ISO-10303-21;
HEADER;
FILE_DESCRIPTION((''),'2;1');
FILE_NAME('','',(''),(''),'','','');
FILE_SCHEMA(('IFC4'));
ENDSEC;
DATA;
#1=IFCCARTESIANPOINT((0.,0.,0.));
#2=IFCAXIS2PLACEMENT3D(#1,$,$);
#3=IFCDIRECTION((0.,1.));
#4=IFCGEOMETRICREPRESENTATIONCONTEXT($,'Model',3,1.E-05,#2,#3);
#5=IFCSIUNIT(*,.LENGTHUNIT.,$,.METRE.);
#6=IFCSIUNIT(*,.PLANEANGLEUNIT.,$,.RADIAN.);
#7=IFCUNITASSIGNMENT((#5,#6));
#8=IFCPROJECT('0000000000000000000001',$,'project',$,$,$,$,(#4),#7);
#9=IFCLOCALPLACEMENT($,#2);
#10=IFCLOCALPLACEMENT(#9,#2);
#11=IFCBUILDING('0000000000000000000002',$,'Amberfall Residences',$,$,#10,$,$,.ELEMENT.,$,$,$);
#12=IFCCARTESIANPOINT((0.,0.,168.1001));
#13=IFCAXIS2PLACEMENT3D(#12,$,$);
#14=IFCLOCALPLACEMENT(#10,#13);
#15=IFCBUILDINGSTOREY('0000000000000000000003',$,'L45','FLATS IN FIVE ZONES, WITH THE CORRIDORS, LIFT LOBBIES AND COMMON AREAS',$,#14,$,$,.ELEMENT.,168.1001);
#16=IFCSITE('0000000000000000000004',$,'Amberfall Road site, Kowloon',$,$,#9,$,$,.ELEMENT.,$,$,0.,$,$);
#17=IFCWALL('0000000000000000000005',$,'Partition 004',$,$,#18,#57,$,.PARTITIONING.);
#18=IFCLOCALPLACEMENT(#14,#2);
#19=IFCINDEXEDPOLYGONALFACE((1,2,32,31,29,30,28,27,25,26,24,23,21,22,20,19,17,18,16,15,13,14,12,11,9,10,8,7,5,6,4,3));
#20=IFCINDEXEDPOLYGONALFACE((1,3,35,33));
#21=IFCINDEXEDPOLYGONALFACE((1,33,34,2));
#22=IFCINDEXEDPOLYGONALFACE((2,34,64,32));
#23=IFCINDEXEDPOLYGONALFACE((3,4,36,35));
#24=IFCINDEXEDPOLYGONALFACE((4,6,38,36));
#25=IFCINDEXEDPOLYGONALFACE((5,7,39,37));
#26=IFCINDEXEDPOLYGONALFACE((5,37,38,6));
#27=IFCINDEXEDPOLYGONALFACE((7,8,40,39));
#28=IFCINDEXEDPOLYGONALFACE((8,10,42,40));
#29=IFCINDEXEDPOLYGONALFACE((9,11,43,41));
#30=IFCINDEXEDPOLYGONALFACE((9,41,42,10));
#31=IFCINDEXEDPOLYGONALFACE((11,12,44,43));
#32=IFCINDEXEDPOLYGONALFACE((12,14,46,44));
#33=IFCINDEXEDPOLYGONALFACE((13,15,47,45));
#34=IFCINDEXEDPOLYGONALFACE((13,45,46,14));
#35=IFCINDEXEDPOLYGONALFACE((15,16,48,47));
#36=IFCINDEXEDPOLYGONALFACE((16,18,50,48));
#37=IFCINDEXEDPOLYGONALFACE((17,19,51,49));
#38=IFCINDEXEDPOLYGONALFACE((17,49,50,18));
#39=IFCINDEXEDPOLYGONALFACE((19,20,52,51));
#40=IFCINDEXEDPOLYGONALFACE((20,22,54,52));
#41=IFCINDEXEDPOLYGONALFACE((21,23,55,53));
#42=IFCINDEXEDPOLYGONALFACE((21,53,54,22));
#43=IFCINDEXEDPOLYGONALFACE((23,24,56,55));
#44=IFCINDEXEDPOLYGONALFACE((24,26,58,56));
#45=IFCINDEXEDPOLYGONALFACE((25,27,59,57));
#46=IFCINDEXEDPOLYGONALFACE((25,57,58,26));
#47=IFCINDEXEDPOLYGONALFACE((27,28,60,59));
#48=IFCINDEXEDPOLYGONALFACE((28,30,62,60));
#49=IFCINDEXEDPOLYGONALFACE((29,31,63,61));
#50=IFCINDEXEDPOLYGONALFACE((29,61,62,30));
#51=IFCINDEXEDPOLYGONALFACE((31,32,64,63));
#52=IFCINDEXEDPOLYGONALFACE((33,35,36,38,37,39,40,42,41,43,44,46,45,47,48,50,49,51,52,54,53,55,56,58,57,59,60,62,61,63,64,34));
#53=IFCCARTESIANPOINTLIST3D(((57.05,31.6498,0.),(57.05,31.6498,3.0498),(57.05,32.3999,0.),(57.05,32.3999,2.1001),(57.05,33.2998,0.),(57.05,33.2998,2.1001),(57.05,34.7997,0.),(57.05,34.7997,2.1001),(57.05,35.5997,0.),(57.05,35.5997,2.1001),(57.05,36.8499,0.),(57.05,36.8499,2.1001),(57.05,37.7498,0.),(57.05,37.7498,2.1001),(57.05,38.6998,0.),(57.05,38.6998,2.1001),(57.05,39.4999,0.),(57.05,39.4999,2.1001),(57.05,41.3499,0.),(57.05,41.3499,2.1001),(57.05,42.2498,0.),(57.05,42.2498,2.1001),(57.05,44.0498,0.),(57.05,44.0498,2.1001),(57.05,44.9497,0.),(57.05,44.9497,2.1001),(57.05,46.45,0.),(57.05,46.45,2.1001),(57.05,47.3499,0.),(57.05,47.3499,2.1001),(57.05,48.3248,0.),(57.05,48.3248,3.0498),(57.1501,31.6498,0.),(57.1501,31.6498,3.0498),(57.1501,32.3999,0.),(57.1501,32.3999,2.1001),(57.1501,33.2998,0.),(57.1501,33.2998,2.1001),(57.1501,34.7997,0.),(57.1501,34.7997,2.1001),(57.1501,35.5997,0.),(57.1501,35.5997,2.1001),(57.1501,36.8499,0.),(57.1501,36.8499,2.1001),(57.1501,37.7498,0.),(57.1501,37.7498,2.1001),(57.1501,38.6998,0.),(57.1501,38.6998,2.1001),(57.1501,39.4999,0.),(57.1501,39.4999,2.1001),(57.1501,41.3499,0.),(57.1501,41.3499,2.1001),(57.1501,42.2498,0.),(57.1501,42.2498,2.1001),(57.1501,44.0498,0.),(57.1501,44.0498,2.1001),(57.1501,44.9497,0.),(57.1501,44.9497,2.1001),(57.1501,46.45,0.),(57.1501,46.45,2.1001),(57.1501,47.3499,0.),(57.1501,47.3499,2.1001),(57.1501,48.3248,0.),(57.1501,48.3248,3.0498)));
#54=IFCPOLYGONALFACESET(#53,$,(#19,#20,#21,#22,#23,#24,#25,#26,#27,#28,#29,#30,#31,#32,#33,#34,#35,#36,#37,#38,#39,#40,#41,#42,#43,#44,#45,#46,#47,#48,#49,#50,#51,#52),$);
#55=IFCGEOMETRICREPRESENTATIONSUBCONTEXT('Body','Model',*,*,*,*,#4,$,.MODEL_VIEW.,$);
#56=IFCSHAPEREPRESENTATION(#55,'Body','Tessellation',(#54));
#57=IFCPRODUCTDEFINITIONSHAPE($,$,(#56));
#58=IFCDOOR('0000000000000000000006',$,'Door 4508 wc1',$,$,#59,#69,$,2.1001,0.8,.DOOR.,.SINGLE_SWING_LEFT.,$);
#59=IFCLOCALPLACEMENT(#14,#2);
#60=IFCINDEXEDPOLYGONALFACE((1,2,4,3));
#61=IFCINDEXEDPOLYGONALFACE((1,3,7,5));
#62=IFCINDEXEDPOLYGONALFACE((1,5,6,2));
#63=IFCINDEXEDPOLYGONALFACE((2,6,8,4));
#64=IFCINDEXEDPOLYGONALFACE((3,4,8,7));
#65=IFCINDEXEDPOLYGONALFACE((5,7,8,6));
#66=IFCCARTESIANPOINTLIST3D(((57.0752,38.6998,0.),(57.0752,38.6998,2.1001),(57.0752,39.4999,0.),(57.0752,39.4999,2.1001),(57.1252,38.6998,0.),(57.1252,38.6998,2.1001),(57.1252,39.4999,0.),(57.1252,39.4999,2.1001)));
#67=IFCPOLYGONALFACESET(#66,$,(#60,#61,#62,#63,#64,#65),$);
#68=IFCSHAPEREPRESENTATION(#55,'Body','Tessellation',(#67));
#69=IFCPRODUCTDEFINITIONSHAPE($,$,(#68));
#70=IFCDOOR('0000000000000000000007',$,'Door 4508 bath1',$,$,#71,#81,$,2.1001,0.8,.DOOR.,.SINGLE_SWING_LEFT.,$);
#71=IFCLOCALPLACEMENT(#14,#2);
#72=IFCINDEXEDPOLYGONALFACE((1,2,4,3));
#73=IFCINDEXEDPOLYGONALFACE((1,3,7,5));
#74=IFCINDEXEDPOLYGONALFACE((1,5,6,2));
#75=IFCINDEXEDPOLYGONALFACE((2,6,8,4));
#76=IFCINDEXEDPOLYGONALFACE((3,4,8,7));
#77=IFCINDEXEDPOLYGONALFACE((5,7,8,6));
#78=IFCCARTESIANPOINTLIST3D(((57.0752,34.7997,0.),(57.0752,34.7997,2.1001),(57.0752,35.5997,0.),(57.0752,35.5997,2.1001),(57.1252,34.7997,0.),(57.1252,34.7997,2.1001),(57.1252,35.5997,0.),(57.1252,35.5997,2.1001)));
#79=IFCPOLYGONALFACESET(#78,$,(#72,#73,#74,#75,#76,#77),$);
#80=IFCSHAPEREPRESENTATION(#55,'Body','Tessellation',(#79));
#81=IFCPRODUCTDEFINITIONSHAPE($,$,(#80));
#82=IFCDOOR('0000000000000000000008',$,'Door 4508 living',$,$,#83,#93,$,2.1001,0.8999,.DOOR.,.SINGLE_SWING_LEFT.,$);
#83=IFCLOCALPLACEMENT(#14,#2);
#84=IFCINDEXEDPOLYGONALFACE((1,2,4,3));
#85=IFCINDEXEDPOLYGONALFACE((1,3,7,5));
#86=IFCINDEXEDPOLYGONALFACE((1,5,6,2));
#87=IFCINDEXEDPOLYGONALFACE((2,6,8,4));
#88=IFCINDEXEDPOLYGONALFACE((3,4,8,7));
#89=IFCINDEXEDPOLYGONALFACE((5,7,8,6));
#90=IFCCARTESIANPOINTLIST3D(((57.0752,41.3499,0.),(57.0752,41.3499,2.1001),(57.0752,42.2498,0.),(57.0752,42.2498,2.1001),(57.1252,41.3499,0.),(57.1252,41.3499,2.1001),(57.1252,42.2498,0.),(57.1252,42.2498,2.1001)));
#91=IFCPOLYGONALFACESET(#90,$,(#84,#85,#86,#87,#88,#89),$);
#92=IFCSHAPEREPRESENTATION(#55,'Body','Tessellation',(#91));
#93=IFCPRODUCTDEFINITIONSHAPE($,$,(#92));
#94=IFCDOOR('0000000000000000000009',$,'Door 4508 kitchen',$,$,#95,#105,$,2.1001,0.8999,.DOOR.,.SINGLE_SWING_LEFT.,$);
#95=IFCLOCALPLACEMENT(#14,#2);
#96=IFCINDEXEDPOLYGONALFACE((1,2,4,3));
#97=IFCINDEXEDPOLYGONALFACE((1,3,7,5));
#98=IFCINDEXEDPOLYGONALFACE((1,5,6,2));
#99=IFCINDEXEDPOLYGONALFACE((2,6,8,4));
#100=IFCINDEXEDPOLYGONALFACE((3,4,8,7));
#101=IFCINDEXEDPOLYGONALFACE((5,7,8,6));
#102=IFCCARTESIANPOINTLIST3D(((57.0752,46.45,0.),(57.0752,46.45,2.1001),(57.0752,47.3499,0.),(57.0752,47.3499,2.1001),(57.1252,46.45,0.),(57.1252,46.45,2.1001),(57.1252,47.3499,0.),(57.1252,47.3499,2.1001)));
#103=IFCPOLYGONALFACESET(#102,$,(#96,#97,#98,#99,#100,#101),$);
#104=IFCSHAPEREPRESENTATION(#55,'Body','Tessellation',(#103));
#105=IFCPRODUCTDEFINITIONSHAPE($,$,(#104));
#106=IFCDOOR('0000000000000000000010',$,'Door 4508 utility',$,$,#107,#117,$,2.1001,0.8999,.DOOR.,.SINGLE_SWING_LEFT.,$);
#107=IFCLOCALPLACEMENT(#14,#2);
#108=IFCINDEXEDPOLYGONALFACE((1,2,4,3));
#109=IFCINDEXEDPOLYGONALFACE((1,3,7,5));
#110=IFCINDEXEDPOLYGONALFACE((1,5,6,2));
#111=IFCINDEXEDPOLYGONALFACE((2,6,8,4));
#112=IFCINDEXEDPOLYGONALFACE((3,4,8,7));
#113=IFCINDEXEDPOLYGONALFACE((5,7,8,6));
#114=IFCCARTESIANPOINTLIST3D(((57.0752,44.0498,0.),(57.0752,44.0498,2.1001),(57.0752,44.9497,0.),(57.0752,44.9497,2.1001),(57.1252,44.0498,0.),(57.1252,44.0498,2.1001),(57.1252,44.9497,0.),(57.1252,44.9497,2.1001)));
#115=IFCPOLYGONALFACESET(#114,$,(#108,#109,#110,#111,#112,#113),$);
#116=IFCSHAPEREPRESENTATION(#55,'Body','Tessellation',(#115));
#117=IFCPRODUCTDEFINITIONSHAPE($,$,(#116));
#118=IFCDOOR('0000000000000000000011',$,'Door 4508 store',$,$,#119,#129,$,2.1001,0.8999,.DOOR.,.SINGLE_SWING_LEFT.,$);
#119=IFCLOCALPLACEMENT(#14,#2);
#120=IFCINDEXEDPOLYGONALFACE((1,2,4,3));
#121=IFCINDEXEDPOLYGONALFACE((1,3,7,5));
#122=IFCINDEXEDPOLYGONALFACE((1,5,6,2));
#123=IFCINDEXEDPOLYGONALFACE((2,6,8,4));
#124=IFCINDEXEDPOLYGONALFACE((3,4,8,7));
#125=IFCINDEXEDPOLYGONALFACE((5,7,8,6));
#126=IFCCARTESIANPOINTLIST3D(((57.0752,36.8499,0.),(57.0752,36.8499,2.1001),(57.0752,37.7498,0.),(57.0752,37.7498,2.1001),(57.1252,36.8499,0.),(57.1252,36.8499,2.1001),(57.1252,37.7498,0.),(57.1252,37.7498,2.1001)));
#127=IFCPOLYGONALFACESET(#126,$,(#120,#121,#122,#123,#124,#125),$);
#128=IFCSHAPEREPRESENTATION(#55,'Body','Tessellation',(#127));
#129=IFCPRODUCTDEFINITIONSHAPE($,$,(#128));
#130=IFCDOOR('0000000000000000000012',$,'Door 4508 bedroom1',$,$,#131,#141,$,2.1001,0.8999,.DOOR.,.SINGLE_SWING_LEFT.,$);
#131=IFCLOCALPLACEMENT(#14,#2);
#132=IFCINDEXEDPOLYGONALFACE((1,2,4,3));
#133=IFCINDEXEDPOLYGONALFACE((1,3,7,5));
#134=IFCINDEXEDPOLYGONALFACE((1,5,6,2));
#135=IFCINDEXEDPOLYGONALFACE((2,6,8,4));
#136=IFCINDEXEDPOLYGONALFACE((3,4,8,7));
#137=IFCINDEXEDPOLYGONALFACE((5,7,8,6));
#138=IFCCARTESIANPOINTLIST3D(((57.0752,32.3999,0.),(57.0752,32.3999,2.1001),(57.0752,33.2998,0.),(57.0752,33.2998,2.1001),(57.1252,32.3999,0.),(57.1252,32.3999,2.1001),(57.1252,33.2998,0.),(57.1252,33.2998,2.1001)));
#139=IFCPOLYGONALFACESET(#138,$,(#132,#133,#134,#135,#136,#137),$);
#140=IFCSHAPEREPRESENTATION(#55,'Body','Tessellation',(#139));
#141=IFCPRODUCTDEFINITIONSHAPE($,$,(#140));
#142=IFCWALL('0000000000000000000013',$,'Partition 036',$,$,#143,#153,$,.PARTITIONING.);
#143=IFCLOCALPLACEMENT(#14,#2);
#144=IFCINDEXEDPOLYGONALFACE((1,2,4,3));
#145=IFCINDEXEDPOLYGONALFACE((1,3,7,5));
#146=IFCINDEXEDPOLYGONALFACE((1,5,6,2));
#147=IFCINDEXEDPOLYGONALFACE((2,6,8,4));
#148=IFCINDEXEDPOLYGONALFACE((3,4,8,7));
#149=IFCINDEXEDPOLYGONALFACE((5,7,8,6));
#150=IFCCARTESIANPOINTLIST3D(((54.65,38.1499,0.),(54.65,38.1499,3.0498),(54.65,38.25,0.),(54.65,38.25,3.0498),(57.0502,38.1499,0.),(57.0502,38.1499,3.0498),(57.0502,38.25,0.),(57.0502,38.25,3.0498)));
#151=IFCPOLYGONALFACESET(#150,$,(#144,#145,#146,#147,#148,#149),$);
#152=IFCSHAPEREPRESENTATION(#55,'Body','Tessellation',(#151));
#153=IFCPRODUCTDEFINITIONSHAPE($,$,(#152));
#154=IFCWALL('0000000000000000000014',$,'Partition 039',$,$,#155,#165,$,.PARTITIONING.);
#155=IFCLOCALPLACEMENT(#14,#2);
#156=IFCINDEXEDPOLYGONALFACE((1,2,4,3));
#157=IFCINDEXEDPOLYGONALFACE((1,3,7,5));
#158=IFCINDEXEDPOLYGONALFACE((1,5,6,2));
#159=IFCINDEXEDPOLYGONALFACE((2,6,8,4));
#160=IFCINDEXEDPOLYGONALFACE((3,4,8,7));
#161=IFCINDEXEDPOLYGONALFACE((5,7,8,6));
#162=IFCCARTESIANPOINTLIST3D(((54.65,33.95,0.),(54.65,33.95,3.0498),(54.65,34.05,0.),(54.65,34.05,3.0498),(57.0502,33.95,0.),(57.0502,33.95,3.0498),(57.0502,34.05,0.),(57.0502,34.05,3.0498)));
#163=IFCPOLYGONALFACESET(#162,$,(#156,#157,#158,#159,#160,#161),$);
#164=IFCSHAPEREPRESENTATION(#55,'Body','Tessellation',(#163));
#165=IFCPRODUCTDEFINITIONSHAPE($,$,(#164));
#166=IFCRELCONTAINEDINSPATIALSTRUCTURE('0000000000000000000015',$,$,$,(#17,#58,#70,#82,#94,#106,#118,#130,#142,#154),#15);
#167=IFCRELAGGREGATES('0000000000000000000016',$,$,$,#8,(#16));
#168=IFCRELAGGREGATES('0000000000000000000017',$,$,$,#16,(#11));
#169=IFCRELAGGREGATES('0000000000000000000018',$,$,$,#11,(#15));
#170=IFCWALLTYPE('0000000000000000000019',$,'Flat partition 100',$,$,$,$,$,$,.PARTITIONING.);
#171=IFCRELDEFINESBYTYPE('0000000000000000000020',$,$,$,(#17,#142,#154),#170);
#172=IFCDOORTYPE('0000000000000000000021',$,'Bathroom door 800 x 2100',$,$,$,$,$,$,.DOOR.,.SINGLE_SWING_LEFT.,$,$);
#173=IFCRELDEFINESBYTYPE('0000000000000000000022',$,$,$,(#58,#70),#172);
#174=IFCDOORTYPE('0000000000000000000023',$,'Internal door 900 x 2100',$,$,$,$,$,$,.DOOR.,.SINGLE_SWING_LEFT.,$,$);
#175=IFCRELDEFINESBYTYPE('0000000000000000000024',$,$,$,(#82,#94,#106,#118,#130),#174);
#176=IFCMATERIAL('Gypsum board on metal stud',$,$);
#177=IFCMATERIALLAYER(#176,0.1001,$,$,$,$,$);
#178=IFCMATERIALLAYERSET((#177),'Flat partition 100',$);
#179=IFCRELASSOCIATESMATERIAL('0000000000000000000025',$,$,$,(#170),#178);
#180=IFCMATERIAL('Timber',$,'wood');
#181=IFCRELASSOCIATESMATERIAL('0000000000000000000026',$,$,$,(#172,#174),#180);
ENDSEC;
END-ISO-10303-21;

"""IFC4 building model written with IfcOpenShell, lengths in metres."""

from ifc_helpers import new_model, si_unit, direction, frame, frame_2d, origin, place, context, subcontext, project, spatial, rectangle, extrude, material, layer, layer_set, type_object, element, fill, save


model = new_model("IFC4")

# Units and contexts
model_context = context("Model", 3, precision=1e-05, world=origin(), true_north=direction((0.0, 1.0)))
body_context = subcontext(model_context, "Body", "Model", "MODEL_VIEW")
ifc_project = project(units=[si_unit("LENGTHUNIT", "METRE"), si_unit("PLANEANGLEUNIT", "RADIAN")], contexts=[model_context])

# Site, building, storey
site_placement = place(None, origin())
site = spatial("IfcSite", under=ifc_project, at=site_placement, Name="Amberfall Road site, Kowloon", CompositionType="ELEMENT", RefElevation=0.0)
building_placement = place(site_placement, origin())
building = spatial("IfcBuilding", under=site, at=building_placement, Name="Amberfall Residences", CompositionType="ELEMENT")
storey_placement = place(building_placement, frame((0.0, 0.0, 168.1001)))
storey = spatial("IfcBuildingStorey", under=building, at=storey_placement, Name="L45", Description="FLATS IN FIVE ZONES, WITH THE CORRIDORS, LIFT LOBBIES AND COMMON AREAS", CompositionType="ELEMENT", Elevation=168.1001)

# Shared definitions
ifc_material_1 = material(Name="Gypsum board on metal stud")
ifc_layer_1 = layer(ifc_material_1, 0.1001)
ifc_layer_set_1 = layer_set([ifc_layer_1], Name="Flat partition 100")
wall_type_1 = type_object("IfcWallType", Name="Flat partition 100", PredefinedType="PARTITIONING", material=ifc_layer_set_1)

# Wall, openings, doors
wall_1_placement = place(storey_placement, frame((57.1001, 31.6499, 0.0), z_axis=(0.0, 0.0, 1.0), x_axis=(0.0, 1.0, 0.0)))
wall_1 = element("IfcWall", 1, at=wall_1_placement, inside=storey, type_object=wall_type_1, Name="Partition 004", PredefinedType="PARTITIONING", context=body_context, shape_type="SweptSolid", body=[
    extrude(rectangle(XDim=16.675, YDim=0.1001, at=frame_2d((8.3374, 0.0))), origin(), (0.0, 0.0, 1.0), 3.0498),
])
opening_1_placement = place(wall_1_placement, frame((9.7, 0.0, 0.0)))
opening_1 = element("IfcOpeningElement", 2, at=opening_1_placement, cuts=wall_1, PredefinedType="OPENING", context=body_context, shape_type="SweptSolid", body=[
    extrude(rectangle(XDim=0.8999, YDim=2.1001, at=frame_2d((0.45, 1.05))), frame((0.0, 0.0601, 0.0), z_axis=(0.0, -1.0, 0.0), x_axis=(1.0, 0.0, 0.0)), (0.0, 0.0, 1.0), 0.1201),
])
opening_2_placement = place(wall_1_placement, frame((14.8, 0.0, 0.0)))
opening_2 = element("IfcOpeningElement", 3, at=opening_2_placement, cuts=wall_1, PredefinedType="OPENING", context=body_context, shape_type="SweptSolid", body=[
    extrude(rectangle(XDim=0.8999, YDim=2.1001, at=frame_2d((0.45, 1.05))), frame((0.0, 0.0601, 0.0), z_axis=(0.0, -1.0, 0.0), x_axis=(1.0, 0.0, 0.0)), (0.0, 0.0, 1.0), 0.1201),
])
opening_3_placement = place(wall_1_placement, frame((12.3999, 0.0, 0.0)))
opening_3 = element("IfcOpeningElement", 4, at=opening_3_placement, cuts=wall_1, PredefinedType="OPENING", context=body_context, shape_type="SweptSolid", body=[
    extrude(rectangle(XDim=0.8999, YDim=2.1001, at=frame_2d((0.45, 1.05))), frame((0.0, 0.0601, 0.0), z_axis=(0.0, -1.0, 0.0), x_axis=(1.0, 0.0, 0.0)), (0.0, 0.0, 1.0), 0.1201),
])
opening_4_placement = place(wall_1_placement, frame((5.2, 0.0, 0.0)))
opening_4 = element("IfcOpeningElement", 5, at=opening_4_placement, cuts=wall_1, PredefinedType="OPENING", context=body_context, shape_type="SweptSolid", body=[
    extrude(rectangle(XDim=0.8999, YDim=2.1001, at=frame_2d((0.45, 1.05))), frame((0.0, 0.0601, 0.0), z_axis=(0.0, -1.0, 0.0), x_axis=(1.0, 0.0, 0.0)), (0.0, 0.0, 1.0), 0.1201),
])
opening_5_placement = place(wall_1_placement, frame((7.05, 0.0, 0.0)))
opening_5 = element("IfcOpeningElement", 6, at=opening_5_placement, cuts=wall_1, PredefinedType="OPENING", context=body_context, shape_type="SweptSolid", body=[
    extrude(rectangle(XDim=0.8, YDim=2.1001, at=frame_2d((0.3999, 1.05))), frame((0.0, 0.0601, 0.0), z_axis=(0.0, -1.0, 0.0), x_axis=(1.0, 0.0, 0.0)), (0.0, 0.0, 1.0), 0.1201),
])
opening_6_placement = place(wall_1_placement, frame((0.75, 0.0, 0.0)))
opening_6 = element("IfcOpeningElement", 7, at=opening_6_placement, cuts=wall_1, PredefinedType="OPENING", context=body_context, shape_type="SweptSolid", body=[
    extrude(rectangle(XDim=0.8999, YDim=2.1001, at=frame_2d((0.45, 1.05))), frame((0.0, 0.0601, 0.0), z_axis=(0.0, -1.0, 0.0), x_axis=(1.0, 0.0, 0.0)), (0.0, 0.0, 1.0), 0.1201),
])
opening_7_placement = place(wall_1_placement, frame((3.1499, 0.0, 0.0)))
opening_7 = element("IfcOpeningElement", 8, at=opening_7_placement, cuts=wall_1, PredefinedType="OPENING", context=body_context, shape_type="SweptSolid", body=[
    extrude(rectangle(XDim=0.8, YDim=2.1001, at=frame_2d((0.3999, 1.05))), frame((0.0, 0.0601, 0.0), z_axis=(0.0, -1.0, 0.0), x_axis=(1.0, 0.0, 0.0)), (0.0, 0.0, 1.0), 0.1201),
])
ifc_material_2 = material(Name="Timber", Category="wood")
door_type_1 = type_object("IfcDoorType", Name="Bathroom door 800 x 2100", OperationType="SINGLE_SWING_LEFT", PredefinedType="DOOR", material=ifc_material_2)
door_1_placement = place(opening_5_placement, origin())
door_1 = element("IfcDoor", 9, at=door_1_placement, inside=storey, type_object=door_type_1, Name="Door 4508 wc1", OperationType="SINGLE_SWING_LEFT", OverallHeight=2.1001, OverallWidth=0.8, PredefinedType="DOOR", context=body_context, shape_type="SweptSolid", body=[
    extrude(rectangle(XDim=0.8, YDim=2.1001, at=frame_2d((0.3999, 1.05))), frame((0.0, 0.0249, 0.0), z_axis=(0.0, -1.0, 0.0), x_axis=(1.0, 0.0, 0.0)), (0.0, 0.0, 1.0), 0.05),
])
fill(opening_5, door_1)
door_2_placement = place(opening_7_placement, origin())
door_2 = element("IfcDoor", 10, at=door_2_placement, inside=storey, type_object=door_type_1, Name="Door 4508 bath1", OperationType="SINGLE_SWING_LEFT", OverallHeight=2.1001, OverallWidth=0.8, PredefinedType="DOOR", context=body_context, shape_type="SweptSolid", body=[
    extrude(rectangle(XDim=0.8, YDim=2.1001, at=frame_2d((0.3999, 1.05))), frame((0.0, 0.0249, 0.0), z_axis=(0.0, -1.0, 0.0), x_axis=(1.0, 0.0, 0.0)), (0.0, 0.0, 1.0), 0.05),
])
fill(opening_7, door_2)
door_type_2 = type_object("IfcDoorType", Name="Internal door 900 x 2100", OperationType="SINGLE_SWING_LEFT", PredefinedType="DOOR", material=ifc_material_2)
door_3_placement = place(opening_1_placement, origin())
door_3 = element("IfcDoor", 11, at=door_3_placement, inside=storey, type_object=door_type_2, Name="Door 4508 living", OperationType="SINGLE_SWING_LEFT", OverallHeight=2.1001, OverallWidth=0.8999, PredefinedType="DOOR", context=body_context, shape_type="SweptSolid", body=[
    extrude(rectangle(XDim=0.8999, YDim=2.1001, at=frame_2d((0.45, 1.05))), frame((0.0, 0.0249, 0.0), z_axis=(0.0, -1.0, 0.0), x_axis=(1.0, 0.0, 0.0)), (0.0, 0.0, 1.0), 0.05),
])
fill(opening_1, door_3)
door_4_placement = place(opening_2_placement, origin())
door_4 = element("IfcDoor", 12, at=door_4_placement, inside=storey, type_object=door_type_2, Name="Door 4508 kitchen", OperationType="SINGLE_SWING_LEFT", OverallHeight=2.1001, OverallWidth=0.8999, PredefinedType="DOOR", context=body_context, shape_type="SweptSolid", body=[
    extrude(rectangle(XDim=0.8999, YDim=2.1001, at=frame_2d((0.45, 1.05))), frame((0.0, 0.0249, 0.0), z_axis=(0.0, -1.0, 0.0), x_axis=(1.0, 0.0, 0.0)), (0.0, 0.0, 1.0), 0.05),
])
fill(opening_2, door_4)
door_5_placement = place(opening_3_placement, origin())
door_5 = element("IfcDoor", 13, at=door_5_placement, inside=storey, type_object=door_type_2, Name="Door 4508 utility", OperationType="SINGLE_SWING_LEFT", OverallHeight=2.1001, OverallWidth=0.8999, PredefinedType="DOOR", context=body_context, shape_type="SweptSolid", body=[
    extrude(rectangle(XDim=0.8999, YDim=2.1001, at=frame_2d((0.45, 1.05))), frame((0.0, 0.0249, 0.0), z_axis=(0.0, -1.0, 0.0), x_axis=(1.0, 0.0, 0.0)), (0.0, 0.0, 1.0), 0.05),
])
fill(opening_3, door_5)
door_6_placement = place(opening_4_placement, origin())
door_6 = element("IfcDoor", 14, at=door_6_placement, inside=storey, type_object=door_type_2, Name="Door 4508 store", OperationType="SINGLE_SWING_LEFT", OverallHeight=2.1001, OverallWidth=0.8999, PredefinedType="DOOR", context=body_context, shape_type="SweptSolid", body=[
    extrude(rectangle(XDim=0.8999, YDim=2.1001, at=frame_2d((0.45, 1.05))), frame((0.0, 0.0249, 0.0), z_axis=(0.0, -1.0, 0.0), x_axis=(1.0, 0.0, 0.0)), (0.0, 0.0, 1.0), 0.05),
])
fill(opening_4, door_6)
door_7_placement = place(opening_6_placement, origin())
door_7 = element("IfcDoor", 15, at=door_7_placement, inside=storey, type_object=door_type_2, Name="Door 4508 bedroom1", OperationType="SINGLE_SWING_LEFT", OverallHeight=2.1001, OverallWidth=0.8999, PredefinedType="DOOR", context=body_context, shape_type="SweptSolid", body=[
    extrude(rectangle(XDim=0.8999, YDim=2.1001, at=frame_2d((0.45, 1.05))), frame((0.0, 0.0249, 0.0), z_axis=(0.0, -1.0, 0.0), x_axis=(1.0, 0.0, 0.0)), (0.0, 0.0, 1.0), 0.05),
])
fill(opening_6, door_7)

# Walls
for number, where, z_axis, x_axis, name in (
    (16, (54.6499, 38.2, 0.0), (0.0, 0.0, 1.0), (1.0, 0.0, 0.0), "Partition 036"),
    (17, (54.6499, 34.0, 0.0), (0.0, 0.0, 1.0), (1.0, 0.0, 0.0), "Partition 039"),
):
    element("IfcWall", number, at=place(storey_placement, frame(where, z_axis=z_axis, x_axis=x_axis)), inside=storey, type_object=wall_type_1, Name=name, PredefinedType="PARTITIONING", context=body_context, shape_type="SweptSolid", body=[
        extrude(rectangle(XDim=2.4001, YDim=0.1001, at=frame_2d((1.2002, 0.0))), origin(), (0.0, 0.0, 1.0), 3.0498),
    ])

save(model, "model.ifc")
